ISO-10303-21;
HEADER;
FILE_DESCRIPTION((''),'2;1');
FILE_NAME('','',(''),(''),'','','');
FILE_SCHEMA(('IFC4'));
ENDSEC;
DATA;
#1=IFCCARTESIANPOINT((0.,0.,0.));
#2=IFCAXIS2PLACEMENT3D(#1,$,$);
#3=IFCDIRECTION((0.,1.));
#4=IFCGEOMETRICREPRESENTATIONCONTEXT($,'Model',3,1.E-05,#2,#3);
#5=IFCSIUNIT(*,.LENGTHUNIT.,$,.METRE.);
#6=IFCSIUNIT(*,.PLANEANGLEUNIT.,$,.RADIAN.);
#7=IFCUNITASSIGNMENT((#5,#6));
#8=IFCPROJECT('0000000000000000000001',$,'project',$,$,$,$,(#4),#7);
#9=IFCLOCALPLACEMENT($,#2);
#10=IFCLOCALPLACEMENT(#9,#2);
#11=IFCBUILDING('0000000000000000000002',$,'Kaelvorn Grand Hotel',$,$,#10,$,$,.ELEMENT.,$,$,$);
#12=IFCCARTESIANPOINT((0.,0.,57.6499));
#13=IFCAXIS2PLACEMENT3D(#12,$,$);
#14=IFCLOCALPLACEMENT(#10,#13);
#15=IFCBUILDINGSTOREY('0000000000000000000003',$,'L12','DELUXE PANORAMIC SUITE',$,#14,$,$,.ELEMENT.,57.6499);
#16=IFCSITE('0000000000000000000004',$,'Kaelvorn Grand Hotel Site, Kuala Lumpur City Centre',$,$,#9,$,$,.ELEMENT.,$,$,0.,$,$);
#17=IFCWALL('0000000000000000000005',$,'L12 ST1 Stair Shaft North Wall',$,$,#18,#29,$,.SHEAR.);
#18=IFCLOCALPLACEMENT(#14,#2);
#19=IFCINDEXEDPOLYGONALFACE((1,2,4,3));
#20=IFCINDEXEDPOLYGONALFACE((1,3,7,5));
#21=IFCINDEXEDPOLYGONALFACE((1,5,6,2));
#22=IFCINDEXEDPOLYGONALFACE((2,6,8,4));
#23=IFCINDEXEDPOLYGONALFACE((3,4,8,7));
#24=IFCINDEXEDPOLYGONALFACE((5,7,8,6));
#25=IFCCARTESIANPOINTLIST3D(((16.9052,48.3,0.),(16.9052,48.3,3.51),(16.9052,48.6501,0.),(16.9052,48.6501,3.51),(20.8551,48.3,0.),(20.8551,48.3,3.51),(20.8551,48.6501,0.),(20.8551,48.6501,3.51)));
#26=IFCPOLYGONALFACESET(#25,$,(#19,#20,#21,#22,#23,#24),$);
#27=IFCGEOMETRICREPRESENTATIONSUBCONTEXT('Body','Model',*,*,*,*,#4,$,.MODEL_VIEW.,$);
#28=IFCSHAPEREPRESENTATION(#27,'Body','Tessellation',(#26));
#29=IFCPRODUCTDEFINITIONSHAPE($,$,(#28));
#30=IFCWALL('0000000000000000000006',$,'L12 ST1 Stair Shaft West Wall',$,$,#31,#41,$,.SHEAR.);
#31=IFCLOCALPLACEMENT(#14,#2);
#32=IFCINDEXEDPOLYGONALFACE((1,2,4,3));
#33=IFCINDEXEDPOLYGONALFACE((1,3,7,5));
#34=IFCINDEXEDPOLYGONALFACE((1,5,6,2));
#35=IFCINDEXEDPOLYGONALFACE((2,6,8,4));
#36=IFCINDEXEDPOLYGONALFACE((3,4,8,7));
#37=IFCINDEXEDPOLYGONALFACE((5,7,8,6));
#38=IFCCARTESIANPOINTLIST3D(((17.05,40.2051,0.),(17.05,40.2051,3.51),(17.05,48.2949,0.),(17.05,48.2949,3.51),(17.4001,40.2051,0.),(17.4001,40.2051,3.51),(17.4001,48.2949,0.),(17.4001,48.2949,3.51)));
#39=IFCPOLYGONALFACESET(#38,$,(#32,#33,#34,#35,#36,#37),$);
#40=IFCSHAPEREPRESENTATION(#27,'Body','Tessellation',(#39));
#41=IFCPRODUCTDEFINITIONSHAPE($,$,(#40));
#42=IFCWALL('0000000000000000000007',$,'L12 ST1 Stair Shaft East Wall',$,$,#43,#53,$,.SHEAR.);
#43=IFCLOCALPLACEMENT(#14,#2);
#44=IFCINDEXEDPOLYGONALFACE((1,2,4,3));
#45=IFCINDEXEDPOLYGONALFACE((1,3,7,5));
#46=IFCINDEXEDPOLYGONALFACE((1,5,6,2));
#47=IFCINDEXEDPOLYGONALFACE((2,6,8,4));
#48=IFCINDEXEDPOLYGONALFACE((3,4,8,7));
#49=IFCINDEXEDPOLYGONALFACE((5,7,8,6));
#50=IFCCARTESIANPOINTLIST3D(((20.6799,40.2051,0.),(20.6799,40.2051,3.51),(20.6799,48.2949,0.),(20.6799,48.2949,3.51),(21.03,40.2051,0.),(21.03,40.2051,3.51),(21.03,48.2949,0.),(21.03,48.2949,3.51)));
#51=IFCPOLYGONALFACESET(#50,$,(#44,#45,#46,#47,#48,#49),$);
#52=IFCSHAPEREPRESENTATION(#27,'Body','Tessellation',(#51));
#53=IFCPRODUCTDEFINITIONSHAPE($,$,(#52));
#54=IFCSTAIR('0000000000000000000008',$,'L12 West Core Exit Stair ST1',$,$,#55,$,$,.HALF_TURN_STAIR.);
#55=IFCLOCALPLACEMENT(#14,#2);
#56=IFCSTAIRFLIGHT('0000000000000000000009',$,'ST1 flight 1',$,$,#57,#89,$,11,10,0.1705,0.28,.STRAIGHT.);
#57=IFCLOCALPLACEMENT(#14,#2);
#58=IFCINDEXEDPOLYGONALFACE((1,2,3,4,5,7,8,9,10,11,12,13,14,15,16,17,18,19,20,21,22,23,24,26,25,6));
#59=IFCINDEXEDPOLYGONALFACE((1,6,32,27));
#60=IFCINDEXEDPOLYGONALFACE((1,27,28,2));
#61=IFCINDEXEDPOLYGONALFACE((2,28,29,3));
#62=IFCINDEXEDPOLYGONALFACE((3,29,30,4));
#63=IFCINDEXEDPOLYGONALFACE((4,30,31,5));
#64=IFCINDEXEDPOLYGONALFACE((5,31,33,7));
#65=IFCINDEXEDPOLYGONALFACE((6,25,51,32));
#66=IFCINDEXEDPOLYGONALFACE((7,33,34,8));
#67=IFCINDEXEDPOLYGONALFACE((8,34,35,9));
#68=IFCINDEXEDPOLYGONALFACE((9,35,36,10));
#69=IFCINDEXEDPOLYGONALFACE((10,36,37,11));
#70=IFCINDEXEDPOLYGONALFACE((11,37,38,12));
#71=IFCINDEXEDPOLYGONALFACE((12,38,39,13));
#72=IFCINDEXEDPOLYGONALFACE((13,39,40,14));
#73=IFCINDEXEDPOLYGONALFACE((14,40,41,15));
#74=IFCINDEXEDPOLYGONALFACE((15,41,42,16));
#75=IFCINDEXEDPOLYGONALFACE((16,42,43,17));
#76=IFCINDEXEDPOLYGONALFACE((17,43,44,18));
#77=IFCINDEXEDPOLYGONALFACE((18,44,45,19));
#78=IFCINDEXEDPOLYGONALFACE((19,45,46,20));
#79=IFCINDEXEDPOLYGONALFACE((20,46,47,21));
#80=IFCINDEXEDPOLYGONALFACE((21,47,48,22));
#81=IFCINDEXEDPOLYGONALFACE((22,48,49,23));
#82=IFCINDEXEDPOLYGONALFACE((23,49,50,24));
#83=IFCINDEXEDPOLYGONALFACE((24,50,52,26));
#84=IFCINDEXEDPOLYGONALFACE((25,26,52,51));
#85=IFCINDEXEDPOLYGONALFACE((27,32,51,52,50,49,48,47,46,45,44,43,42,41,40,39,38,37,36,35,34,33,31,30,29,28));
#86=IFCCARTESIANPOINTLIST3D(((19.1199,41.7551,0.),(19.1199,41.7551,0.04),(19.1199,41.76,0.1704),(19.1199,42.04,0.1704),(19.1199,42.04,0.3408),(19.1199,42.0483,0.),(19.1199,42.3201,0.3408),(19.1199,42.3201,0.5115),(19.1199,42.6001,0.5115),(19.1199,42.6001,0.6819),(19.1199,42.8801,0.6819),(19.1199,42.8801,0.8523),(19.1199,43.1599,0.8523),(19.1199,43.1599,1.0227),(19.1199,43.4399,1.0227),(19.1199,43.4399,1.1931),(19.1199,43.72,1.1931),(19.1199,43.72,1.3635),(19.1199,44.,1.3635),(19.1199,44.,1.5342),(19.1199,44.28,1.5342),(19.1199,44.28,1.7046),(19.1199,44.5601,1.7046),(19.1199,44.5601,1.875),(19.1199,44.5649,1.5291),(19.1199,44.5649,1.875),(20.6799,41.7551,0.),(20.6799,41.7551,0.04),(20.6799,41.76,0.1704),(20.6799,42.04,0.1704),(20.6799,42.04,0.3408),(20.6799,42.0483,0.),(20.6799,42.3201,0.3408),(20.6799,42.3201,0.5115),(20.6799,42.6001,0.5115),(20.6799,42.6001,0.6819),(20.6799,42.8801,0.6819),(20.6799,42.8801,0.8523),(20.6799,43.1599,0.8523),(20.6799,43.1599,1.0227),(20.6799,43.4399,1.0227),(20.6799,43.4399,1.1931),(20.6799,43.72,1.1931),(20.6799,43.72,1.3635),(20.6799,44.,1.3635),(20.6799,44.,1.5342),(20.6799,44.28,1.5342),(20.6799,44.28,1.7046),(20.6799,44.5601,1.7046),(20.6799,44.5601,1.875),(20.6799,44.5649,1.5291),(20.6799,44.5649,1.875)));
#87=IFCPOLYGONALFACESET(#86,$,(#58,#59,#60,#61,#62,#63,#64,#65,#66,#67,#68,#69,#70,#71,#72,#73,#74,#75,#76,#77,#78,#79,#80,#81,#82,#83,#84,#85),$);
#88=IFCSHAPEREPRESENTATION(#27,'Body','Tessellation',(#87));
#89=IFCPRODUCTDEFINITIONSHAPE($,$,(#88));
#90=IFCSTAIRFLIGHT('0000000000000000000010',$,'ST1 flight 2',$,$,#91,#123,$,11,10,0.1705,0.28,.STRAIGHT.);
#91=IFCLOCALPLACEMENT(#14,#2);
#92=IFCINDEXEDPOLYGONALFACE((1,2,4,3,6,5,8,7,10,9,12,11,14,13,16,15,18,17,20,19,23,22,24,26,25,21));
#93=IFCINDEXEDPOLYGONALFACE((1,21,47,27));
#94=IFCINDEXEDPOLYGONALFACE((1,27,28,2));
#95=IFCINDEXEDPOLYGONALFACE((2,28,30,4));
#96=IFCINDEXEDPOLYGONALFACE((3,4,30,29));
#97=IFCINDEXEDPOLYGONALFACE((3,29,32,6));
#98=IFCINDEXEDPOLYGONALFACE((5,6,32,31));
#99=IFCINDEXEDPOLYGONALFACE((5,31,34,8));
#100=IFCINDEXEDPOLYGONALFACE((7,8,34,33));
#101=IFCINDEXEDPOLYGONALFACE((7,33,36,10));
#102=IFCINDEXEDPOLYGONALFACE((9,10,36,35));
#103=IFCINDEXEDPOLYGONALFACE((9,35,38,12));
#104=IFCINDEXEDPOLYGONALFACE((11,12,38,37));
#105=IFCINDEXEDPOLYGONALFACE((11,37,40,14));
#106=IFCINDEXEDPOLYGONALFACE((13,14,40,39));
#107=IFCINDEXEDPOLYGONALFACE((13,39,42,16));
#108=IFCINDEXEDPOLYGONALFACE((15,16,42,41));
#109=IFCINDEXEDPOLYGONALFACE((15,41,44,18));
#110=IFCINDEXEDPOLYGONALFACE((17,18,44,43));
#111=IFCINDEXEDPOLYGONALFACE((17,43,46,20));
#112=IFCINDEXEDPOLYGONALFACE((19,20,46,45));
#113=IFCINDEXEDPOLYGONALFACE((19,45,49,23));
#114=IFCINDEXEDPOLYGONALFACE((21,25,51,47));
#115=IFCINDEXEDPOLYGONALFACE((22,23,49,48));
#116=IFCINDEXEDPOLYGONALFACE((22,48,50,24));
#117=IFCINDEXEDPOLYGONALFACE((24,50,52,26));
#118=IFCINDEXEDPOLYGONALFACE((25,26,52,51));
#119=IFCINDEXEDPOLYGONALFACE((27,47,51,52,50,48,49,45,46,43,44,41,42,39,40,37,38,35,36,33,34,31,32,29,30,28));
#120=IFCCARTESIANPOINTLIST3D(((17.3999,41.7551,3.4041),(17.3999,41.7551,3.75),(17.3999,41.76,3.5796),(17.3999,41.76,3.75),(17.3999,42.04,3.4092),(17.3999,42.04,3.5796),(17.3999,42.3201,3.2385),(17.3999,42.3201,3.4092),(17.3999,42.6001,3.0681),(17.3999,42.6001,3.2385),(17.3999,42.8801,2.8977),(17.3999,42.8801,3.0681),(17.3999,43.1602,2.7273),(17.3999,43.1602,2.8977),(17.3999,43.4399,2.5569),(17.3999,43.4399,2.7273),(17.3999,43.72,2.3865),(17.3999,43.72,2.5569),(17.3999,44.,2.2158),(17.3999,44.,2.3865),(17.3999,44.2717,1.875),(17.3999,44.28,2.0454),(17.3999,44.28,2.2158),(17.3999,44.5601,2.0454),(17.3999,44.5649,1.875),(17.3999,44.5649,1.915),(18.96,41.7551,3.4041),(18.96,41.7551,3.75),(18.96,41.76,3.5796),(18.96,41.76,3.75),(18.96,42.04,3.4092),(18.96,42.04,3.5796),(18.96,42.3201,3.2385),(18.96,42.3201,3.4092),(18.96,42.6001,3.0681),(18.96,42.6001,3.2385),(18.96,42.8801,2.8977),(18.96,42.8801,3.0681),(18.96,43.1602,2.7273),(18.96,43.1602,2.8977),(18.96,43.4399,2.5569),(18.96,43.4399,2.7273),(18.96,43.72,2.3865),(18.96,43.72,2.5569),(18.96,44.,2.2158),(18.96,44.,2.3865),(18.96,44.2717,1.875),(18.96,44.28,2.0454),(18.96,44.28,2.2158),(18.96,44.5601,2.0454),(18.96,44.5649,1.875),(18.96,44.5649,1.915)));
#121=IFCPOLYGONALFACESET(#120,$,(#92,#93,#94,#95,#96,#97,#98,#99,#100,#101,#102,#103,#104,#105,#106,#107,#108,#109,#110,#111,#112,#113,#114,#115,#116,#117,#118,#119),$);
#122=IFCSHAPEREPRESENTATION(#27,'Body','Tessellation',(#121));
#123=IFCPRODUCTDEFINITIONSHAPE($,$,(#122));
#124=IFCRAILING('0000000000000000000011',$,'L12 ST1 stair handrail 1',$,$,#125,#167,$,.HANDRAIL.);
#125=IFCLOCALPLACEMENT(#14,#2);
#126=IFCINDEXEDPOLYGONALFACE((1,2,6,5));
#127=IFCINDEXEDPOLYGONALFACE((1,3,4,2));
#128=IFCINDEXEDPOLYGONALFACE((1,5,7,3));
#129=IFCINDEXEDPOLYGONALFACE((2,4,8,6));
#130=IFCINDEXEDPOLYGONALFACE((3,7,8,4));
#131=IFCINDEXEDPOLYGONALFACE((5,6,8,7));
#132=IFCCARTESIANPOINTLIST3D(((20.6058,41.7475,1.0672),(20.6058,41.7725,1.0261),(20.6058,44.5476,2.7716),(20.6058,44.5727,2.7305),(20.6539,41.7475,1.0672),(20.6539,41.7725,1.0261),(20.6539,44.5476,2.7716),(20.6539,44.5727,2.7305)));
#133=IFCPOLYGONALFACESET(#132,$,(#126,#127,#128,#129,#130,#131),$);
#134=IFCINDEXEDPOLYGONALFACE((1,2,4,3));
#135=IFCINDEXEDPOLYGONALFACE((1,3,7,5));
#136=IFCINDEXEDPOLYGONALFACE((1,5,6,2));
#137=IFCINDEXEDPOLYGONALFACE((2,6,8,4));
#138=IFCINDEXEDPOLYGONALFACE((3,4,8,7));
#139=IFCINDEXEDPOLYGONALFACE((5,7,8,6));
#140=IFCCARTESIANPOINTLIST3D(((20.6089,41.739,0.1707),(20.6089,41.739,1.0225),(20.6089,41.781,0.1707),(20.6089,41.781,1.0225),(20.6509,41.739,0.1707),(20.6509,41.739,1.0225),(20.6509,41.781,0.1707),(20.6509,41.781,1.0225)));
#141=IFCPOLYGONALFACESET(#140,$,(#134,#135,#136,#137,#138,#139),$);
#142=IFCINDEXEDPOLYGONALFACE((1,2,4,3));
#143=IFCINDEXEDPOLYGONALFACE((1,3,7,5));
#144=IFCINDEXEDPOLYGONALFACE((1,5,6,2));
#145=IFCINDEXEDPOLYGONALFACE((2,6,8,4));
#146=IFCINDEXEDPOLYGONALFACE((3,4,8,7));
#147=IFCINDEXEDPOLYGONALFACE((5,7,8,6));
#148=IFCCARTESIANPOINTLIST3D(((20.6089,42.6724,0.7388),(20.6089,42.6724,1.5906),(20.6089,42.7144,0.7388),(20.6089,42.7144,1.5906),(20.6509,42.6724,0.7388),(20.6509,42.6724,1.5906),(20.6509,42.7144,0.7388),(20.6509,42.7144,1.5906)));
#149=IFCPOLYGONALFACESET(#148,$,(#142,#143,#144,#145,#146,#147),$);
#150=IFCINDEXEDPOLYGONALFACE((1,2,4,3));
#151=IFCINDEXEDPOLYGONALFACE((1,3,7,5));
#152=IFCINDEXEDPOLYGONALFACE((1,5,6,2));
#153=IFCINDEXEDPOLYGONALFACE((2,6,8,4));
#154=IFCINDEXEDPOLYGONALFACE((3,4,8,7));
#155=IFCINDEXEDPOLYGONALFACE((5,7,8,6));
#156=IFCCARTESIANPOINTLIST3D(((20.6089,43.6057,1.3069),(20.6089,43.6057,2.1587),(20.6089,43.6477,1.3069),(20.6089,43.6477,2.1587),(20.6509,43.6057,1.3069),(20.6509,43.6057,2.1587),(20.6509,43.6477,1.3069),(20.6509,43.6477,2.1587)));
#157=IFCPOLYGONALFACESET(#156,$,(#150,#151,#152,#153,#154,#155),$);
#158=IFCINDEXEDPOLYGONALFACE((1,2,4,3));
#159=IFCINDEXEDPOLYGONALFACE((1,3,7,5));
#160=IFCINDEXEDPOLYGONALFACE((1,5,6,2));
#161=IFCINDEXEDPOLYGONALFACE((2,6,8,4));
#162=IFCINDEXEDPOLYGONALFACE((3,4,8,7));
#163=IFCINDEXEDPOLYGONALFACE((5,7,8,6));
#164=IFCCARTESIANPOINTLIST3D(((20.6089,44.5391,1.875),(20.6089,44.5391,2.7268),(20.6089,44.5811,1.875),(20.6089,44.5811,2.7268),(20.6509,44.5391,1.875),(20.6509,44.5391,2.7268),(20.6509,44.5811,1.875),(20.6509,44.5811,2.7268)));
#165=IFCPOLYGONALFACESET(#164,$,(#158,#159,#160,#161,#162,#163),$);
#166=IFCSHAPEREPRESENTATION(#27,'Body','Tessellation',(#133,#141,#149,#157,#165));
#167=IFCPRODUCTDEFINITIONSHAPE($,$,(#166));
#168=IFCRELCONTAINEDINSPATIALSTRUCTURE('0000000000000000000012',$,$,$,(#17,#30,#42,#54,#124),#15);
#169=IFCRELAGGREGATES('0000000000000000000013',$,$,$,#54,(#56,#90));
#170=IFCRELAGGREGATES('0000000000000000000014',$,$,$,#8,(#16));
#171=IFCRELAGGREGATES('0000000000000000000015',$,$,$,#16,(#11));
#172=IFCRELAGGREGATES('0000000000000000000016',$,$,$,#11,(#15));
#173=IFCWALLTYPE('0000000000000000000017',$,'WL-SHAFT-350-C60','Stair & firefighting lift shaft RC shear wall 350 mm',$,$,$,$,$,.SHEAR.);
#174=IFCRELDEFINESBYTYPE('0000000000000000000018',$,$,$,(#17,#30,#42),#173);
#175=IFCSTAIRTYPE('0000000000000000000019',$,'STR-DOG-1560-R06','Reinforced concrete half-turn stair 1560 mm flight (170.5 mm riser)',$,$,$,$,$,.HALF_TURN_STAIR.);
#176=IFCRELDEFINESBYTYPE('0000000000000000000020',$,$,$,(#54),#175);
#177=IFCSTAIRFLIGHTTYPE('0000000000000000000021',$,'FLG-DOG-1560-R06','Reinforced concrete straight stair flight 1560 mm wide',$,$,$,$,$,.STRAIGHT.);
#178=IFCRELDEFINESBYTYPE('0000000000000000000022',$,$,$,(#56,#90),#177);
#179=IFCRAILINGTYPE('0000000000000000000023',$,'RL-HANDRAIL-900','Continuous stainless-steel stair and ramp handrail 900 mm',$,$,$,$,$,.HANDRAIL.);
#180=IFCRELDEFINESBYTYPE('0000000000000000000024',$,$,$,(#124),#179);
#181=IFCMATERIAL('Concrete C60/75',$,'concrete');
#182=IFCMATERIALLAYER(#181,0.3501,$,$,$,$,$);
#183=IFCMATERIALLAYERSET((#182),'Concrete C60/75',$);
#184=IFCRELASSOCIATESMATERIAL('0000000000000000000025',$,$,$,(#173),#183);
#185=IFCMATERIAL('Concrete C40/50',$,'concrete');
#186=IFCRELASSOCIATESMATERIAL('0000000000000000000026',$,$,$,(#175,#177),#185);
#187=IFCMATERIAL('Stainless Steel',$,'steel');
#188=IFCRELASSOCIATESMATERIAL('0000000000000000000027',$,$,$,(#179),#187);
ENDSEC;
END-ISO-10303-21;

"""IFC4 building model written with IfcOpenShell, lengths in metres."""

from ifc_helpers import new_model, si_unit, direction, frame, frame_2d, origin, origin_2d, place, context, subcontext, project, spatial, polyline, rectangle, outline, extrude, material, layer, layer_set, type_object, element, aggregate, save


model = new_model("IFC4")

# Units and contexts
model_context = context("Model", 3, precision=1e-05, world=origin(), true_north=direction((0.0, 1.0)))
body_context = subcontext(model_context, "Body", "Model", "MODEL_VIEW")
ifc_project = project(units=[si_unit("LENGTHUNIT", "METRE"), si_unit("PLANEANGLEUNIT", "RADIAN")], contexts=[model_context])

# Site, building, storey
site_placement = place(None, origin())
site = spatial("IfcSite", under=ifc_project, at=site_placement, Name="Kaelvorn Grand Hotel Site, Kuala Lumpur City Centre", CompositionType="ELEMENT", RefElevation=0.0)
building_placement = place(site_placement, origin())
building = spatial("IfcBuilding", under=site, at=building_placement, Name="Kaelvorn Grand Hotel", CompositionType="ELEMENT")
storey_placement = place(building_placement, frame((0.0, 0.0, 57.6499)))
storey = spatial("IfcBuildingStorey", under=building, at=storey_placement, Name="L12", Description="DELUXE PANORAMIC SUITE", CompositionType="ELEMENT", Elevation=57.6499)

# Shared definitions
ifc_material_1 = material(Name="Concrete C60/75", Category="concrete")

# Shared definitions
ifc_material_2 = material(Name="Concrete C40/50", Category="concrete")

# Shared definitions
ifc_material_3 = material(Name="Stainless Steel", Category="steel")

# Walls
ifc_layer_1 = layer(ifc_material_1, 0.3501)
ifc_layer_set_1 = layer_set([ifc_layer_1], Name="Concrete C60/75")
wall_type_1 = type_object("IfcWallType", Name="WL-SHAFT-350-C60", Description="Stair & firefighting lift shaft RC shear wall 350 mm", PredefinedType="SHEAR", material=ifc_layer_set_1)
wall_1_placement = place(storey_placement, frame((16.905, 48.4751, 0.0), z_axis=(0.0, 0.0, 1.0), x_axis=(1.0, 0.0, 0.0)))
element("IfcWall", 1, at=wall_1_placement, inside=storey, type_object=wall_type_1, Name="L12 ST1 Stair Shaft North Wall", PredefinedType="SHEAR", context=body_context, shape_type="SweptSolid", body=[
    extrude(rectangle(XDim=3.95, YDim=0.3501, at=frame_2d((1.9751, 0.0))), origin(), (0.0, 0.0, 1.0), 3.51),
])
for number, where, z_axis, x_axis, name in (
    (2, (17.2251, 40.2051, 0.0), (0.0, 0.0, 1.0), (0.0, 1.0, 0.0), "L12 ST1 Stair Shaft West Wall"),
    (3, (20.855, 40.2051, 0.0), (0.0, 0.0, 1.0), (0.0, 1.0, 0.0), "L12 ST1 Stair Shaft East Wall"),
):
    element("IfcWall", number, at=place(storey_placement, frame(where, z_axis=z_axis, x_axis=x_axis)), inside=storey, type_object=wall_type_1, Name=name, PredefinedType="SHEAR", context=body_context, shape_type="SweptSolid", body=[
        extrude(rectangle(XDim=8.0898, YDim=0.3501, at=frame_2d((4.0449, 0.0))), origin(), (0.0, 0.0, 1.0), 3.51),
    ])

# Stair, stair flights
stair_type = type_object("IfcStairType", Name="STR-DOG-1560-R06", Description="Reinforced concrete half-turn stair 1560 mm flight (170.5 mm riser)", PredefinedType="HALF_TURN_STAIR", material=ifc_material_2)
stair_placement = place(storey_placement, origin())
stair = element("IfcStair", 4, at=stair_placement, inside=storey, type_object=stair_type, Name="L12 West Core Exit Stair ST1", PredefinedType="HALF_TURN_STAIR")
stair_flight_type = type_object("IfcStairFlightType", Name="FLG-DOG-1560-R06", Description="Reinforced concrete straight stair flight 1560 mm wide", PredefinedType="STRAIGHT", material=ifc_material_2)
stair_flight_1_placement = place(storey_placement, frame((19.8999, 41.76, 0.0), z_axis=(0.0, 0.0, 1.0), x_axis=(0.0, 1.0, 0.0)))
stair_flight_1 = element("IfcStairFlight", 5, at=stair_flight_1_placement, type_object=stair_flight_type, Name="ST1 flight 1", NumberOfRisers=11, NumberOfTreads=10, PredefinedType="STRAIGHT", RiserHeight=0.1705, TreadLength=0.28, context=body_context, shape_type="SweptSolid", body=[
    extrude(outline(polyline([(-0.0049, 0.0), (-0.0049, 0.04), (0.0, 0.1704), (0.28, 0.1704), (0.28, 0.3408), (0.5601, 0.3408), (0.5601, 0.5115), (0.8401, 0.5115), (0.8401, 0.6819), (1.1201, 0.6819), (1.1201, 0.8523), (1.3999, 0.8523), (1.3999, 1.0227), (1.6799, 1.0227), (1.6799, 1.1931), (1.96, 1.1931), (1.96, 1.3635), (2.24, 1.3635), (2.24, 1.5342), (2.52, 1.5342), (2.52, 1.7046), (2.8, 1.7046), (2.8, 1.875), (2.8049, 1.875), (2.8049, 1.5291), (0.2883, 0.0), (-0.0049, 0.0)])), frame((0.0, 0.78, 0.0), z_axis=(0.0, -1.0, 0.0), x_axis=(1.0, 0.0, 0.0)), (0.0, 0.0, 1.0), 1.5601),
])
stair_flight_2_placement = place(storey_placement, frame((18.1799, 44.5601, 1.875), z_axis=(0.0, 0.0, 1.0), x_axis=(0.0, -1.0, 0.0)))
stair_flight_2 = element("IfcStairFlight", 6, at=stair_flight_2_placement, type_object=stair_flight_type, Name="ST1 flight 2", NumberOfRisers=11, NumberOfTreads=10, PredefinedType="STRAIGHT", RiserHeight=0.1705, TreadLength=0.28, context=body_context, shape_type="SweptSolid", body=[
    extrude(outline(polyline([(-0.0049, 0.0), (-0.0049, 0.04), (0.0, 0.1704), (0.28, 0.1704), (0.28, 0.3408), (0.5601, 0.3408), (0.5601, 0.5115), (0.8401, 0.5115), (0.8401, 0.6819), (1.1201, 0.6819), (1.1201, 0.8523), (1.3999, 0.8523), (1.3999, 1.0227), (1.6799, 1.0227), (1.6799, 1.1931), (1.96, 1.1931), (1.96, 1.3635), (2.24, 1.3635), (2.24, 1.5342), (2.52, 1.5342), (2.52, 1.7046), (2.8, 1.7046), (2.8, 1.875), (2.8049, 1.875), (2.8049, 1.5291), (0.2883, 0.0), (-0.0049, 0.0)])), frame((0.0, 0.78, 0.0), z_axis=(0.0, -1.0, 0.0), x_axis=(1.0, 0.0, 0.0)), (0.0, 0.0, 1.0), 1.5601),
])
aggregate(stair, [stair_flight_1, stair_flight_2])

# Railing
railing_type_1 = type_object("IfcRailingType", Name="RL-HANDRAIL-900", Description="Continuous stainless-steel stair and ramp handrail 900 mm", PredefinedType="HANDRAIL", material=ifc_material_3)
railing_1_placement = place(storey_placement, frame((20.6299, 41.76, 0.1707)))
element("IfcRailing", 7, at=railing_1_placement, inside=storey, type_object=railing_type_1, Name="L12 ST1 stair handrail 1", PredefinedType="HANDRAIL", context=body_context, shape_type="SweptSolid", body=[
    extrude(rectangle(XDim=0.0481, YDim=0.0481, at=origin_2d()), frame((0.0, 0.0, 0.876), z_axis=(0.0, 0.854203, 0.51994), x_axis=(-1.0, 0.0, 0.0)), (0.0, 0.0, 1.0), 3.2781),
    extrude(rectangle(XDim=0.042, YDim=0.042, at=origin_2d()), origin(), (0.0, 0.0, 1.0), 0.8518),
    extrude(rectangle(XDim=0.042, YDim=0.042, at=origin_2d()), frame((0.0, 0.9333, 0.5681)), (0.0, 0.0, 1.0), 0.8518),
    extrude(rectangle(XDim=0.042, YDim=0.042, at=origin_2d()), frame((0.0, 1.8667, 1.1362)), (0.0, 0.0, 1.0), 0.8518),
    extrude(rectangle(XDim=0.042, YDim=0.042, at=origin_2d()), frame((0.0, 2.8, 1.7043)), (0.0, 0.0, 1.0), 0.8518),
])

save(model, "model.ifc")
